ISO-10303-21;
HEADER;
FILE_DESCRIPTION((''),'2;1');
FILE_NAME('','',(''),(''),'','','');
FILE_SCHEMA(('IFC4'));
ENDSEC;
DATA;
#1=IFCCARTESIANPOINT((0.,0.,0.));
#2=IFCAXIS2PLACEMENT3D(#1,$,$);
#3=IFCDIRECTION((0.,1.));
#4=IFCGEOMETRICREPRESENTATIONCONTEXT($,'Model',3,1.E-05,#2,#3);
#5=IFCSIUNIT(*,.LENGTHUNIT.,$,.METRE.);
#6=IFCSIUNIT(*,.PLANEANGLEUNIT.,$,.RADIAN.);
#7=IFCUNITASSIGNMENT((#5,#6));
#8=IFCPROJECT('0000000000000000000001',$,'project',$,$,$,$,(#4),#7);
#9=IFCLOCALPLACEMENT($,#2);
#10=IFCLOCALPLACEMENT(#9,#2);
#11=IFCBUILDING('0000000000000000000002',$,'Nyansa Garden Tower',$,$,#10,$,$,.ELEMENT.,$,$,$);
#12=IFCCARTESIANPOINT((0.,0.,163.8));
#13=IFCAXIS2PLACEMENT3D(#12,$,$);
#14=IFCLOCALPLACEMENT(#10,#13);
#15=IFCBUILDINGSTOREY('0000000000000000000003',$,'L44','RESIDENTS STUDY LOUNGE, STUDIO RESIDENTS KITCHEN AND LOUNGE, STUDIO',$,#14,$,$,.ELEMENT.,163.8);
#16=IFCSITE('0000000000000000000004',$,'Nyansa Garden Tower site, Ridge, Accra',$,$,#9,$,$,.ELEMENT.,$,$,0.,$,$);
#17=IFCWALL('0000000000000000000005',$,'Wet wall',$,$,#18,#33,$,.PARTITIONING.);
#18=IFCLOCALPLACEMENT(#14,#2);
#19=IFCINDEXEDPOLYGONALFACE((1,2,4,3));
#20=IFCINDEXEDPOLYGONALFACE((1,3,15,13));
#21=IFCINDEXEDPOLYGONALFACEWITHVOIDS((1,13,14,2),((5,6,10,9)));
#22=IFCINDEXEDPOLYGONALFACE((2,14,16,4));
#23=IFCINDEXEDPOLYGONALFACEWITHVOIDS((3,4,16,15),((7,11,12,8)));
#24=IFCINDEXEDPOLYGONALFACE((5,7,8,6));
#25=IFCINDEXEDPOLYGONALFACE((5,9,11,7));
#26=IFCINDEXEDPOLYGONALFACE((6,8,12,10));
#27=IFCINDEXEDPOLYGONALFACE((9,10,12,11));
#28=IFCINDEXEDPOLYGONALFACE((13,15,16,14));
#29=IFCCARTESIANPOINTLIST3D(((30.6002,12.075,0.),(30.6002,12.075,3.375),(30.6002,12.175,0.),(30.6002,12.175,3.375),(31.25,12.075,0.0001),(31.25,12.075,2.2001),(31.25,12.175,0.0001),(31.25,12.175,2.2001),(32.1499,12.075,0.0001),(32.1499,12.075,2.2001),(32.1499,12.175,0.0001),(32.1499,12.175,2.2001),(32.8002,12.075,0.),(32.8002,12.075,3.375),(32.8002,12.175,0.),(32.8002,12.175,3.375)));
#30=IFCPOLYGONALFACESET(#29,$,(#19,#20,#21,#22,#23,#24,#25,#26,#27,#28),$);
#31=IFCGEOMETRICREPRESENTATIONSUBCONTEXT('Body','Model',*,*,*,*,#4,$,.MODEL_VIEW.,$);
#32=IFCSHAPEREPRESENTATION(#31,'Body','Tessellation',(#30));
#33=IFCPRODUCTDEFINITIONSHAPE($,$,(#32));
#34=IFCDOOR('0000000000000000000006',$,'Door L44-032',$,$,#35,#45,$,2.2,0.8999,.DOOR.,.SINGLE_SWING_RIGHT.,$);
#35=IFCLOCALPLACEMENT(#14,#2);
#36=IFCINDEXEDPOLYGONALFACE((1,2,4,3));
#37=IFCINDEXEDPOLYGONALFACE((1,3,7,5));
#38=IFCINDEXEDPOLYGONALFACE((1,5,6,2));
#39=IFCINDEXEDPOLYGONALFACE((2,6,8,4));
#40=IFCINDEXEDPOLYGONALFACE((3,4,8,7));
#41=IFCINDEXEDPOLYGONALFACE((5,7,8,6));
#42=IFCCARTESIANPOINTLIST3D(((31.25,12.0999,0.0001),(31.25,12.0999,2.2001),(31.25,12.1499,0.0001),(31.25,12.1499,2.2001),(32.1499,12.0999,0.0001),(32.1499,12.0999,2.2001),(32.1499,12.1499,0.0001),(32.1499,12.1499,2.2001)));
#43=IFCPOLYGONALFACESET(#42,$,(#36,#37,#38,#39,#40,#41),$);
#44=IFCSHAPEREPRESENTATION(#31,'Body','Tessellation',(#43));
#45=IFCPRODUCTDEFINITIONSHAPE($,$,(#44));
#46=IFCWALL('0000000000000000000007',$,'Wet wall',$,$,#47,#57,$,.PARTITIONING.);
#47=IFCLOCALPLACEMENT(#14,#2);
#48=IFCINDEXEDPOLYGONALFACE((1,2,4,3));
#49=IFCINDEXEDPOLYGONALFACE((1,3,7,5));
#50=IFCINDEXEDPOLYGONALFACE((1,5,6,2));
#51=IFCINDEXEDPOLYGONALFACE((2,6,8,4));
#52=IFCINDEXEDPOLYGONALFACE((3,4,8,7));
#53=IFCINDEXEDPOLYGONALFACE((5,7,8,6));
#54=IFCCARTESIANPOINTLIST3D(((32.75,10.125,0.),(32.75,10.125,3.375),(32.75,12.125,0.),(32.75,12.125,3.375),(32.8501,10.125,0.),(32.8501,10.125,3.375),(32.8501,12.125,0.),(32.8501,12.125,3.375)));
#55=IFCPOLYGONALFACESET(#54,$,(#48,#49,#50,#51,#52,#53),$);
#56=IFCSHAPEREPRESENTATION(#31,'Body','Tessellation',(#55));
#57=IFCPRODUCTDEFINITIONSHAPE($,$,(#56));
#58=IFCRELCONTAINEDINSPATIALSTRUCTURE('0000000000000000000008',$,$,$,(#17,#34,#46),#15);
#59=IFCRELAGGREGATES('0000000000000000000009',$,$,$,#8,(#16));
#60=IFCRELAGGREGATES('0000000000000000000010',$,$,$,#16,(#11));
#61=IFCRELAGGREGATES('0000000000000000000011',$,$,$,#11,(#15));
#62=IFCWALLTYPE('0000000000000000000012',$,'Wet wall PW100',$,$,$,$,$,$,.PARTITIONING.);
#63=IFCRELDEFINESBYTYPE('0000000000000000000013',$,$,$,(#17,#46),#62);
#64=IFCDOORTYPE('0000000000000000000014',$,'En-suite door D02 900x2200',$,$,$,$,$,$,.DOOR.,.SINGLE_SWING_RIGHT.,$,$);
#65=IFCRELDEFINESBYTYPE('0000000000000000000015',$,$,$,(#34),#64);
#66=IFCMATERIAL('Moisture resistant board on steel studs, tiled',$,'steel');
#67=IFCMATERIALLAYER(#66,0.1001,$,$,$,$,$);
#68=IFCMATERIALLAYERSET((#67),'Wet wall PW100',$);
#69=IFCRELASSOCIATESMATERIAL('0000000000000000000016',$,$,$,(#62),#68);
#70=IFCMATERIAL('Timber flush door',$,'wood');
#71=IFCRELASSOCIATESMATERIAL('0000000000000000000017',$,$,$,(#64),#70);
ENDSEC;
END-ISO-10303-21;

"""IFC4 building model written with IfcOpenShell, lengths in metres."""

from ifc_helpers import new_model, si_unit, direction, frame, frame_2d, origin, place, context, subcontext, project, spatial, rectangle, extrude, material, layer, layer_set, type_object, element, fill, save


model = new_model("IFC4")

# Units and contexts
model_context = context("Model", 3, precision=1e-05, world=origin(), true_north=direction((0.0, 1.0)))
body_context = subcontext(model_context, "Body", "Model", "MODEL_VIEW")
ifc_project = project(units=[si_unit("LENGTHUNIT", "METRE"), si_unit("PLANEANGLEUNIT", "RADIAN")], contexts=[model_context])

# Site, building, storey
site_placement = place(None, origin())
site = spatial("IfcSite", under=ifc_project, at=site_placement, Name="Nyansa Garden Tower site, Ridge, Accra", CompositionType="ELEMENT", RefElevation=0.0)
building_placement = place(site_placement, origin())
building = spatial("IfcBuilding", under=site, at=building_placement, Name="Nyansa Garden Tower", CompositionType="ELEMENT")
storey_placement = place(building_placement, frame((0.0, 0.0, 163.8)))
storey = spatial("IfcBuildingStorey", under=building, at=storey_placement, Name="L44", Description="RESIDENTS STUDY LOUNGE, STUDIO RESIDENTS KITCHEN AND LOUNGE, STUDIO", CompositionType="ELEMENT", Elevation=163.8)

# Shared definitions
ifc_material_1 = material(Name="Moisture resistant board on steel studs, tiled", Category="steel")
ifc_layer_1 = layer(ifc_material_1, 0.1001)
ifc_layer_set_1 = layer_set([ifc_layer_1], Name="Wet wall PW100")
wall_type_1 = type_object("IfcWallType", Name="Wet wall PW100", PredefinedType="PARTITIONING", material=ifc_layer_set_1)

# Wall, opening, door
wall_1_placement = place(storey_placement, frame((30.6001, 12.125, 0.0), z_axis=(0.0, 0.0, 1.0), x_axis=(1.0, 0.0, 0.0)))
wall_1 = element("IfcWall", 1, at=wall_1_placement, inside=storey, type_object=wall_type_1, Name="Wet wall", PredefinedType="PARTITIONING", context=body_context, shape_type="SweptSolid", body=[
    extrude(rectangle(XDim=2.2, YDim=0.1001, at=frame_2d((1.1001, 0.0))), origin(), (0.0, 0.0, 1.0), 3.375),
])
opening_1_placement = place(wall_1_placement, frame((0.6499, 0.0, 0.0)))
opening_1 = element("IfcOpeningElement", 2, at=opening_1_placement, cuts=wall_1, PredefinedType="OPENING", context=body_context, shape_type="SweptSolid", body=[
    extrude(rectangle(XDim=0.8999, YDim=2.2, at=frame_2d((0.45, 1.1001))), frame((0.0, 0.0601, 0.0), z_axis=(0.0, -1.0, 0.0), x_axis=(1.0, 0.0, 0.0)), (0.0, 0.0, 1.0), 0.1201),
])
ifc_material_2 = material(Name="Timber flush door", Category="wood")
door_type_1 = type_object("IfcDoorType", Name="En-suite door D02 900x2200", OperationType="SINGLE_SWING_RIGHT", PredefinedType="DOOR", material=ifc_material_2)
door_1_placement = place(opening_1_placement, origin())
door_1 = element("IfcDoor", 3, at=door_1_placement, inside=storey, type_object=door_type_1, Name="Door L44-032", OperationType="SINGLE_SWING_RIGHT", OverallHeight=2.2, OverallWidth=0.8999, PredefinedType="DOOR", context=body_context, shape_type="SweptSolid", body=[
    extrude(rectangle(XDim=0.8999, YDim=2.2, at=frame_2d((0.45, 1.1001))), frame((0.0, 0.0249, 0.0), z_axis=(0.0, -1.0, 0.0), x_axis=(1.0, 0.0, 0.0)), (0.0, 0.0, 1.0), 0.05),
])
fill(opening_1, door_1)

# Wall
wall_2_placement = place(storey_placement, frame((32.8, 10.125, 0.0), z_axis=(0.0, 0.0, 1.0), x_axis=(0.0, 1.0, 0.0)))
element("IfcWall", 4, at=wall_2_placement, inside=storey, type_object=wall_type_1, Name="Wet wall", PredefinedType="PARTITIONING", context=body_context, shape_type="SweptSolid", body=[
    extrude(rectangle(XDim=2.0, YDim=0.1001, at=frame_2d((1.0, 0.0))), origin(), (0.0, 0.0, 1.0), 3.375),
])

save(model, "model.ifc")
